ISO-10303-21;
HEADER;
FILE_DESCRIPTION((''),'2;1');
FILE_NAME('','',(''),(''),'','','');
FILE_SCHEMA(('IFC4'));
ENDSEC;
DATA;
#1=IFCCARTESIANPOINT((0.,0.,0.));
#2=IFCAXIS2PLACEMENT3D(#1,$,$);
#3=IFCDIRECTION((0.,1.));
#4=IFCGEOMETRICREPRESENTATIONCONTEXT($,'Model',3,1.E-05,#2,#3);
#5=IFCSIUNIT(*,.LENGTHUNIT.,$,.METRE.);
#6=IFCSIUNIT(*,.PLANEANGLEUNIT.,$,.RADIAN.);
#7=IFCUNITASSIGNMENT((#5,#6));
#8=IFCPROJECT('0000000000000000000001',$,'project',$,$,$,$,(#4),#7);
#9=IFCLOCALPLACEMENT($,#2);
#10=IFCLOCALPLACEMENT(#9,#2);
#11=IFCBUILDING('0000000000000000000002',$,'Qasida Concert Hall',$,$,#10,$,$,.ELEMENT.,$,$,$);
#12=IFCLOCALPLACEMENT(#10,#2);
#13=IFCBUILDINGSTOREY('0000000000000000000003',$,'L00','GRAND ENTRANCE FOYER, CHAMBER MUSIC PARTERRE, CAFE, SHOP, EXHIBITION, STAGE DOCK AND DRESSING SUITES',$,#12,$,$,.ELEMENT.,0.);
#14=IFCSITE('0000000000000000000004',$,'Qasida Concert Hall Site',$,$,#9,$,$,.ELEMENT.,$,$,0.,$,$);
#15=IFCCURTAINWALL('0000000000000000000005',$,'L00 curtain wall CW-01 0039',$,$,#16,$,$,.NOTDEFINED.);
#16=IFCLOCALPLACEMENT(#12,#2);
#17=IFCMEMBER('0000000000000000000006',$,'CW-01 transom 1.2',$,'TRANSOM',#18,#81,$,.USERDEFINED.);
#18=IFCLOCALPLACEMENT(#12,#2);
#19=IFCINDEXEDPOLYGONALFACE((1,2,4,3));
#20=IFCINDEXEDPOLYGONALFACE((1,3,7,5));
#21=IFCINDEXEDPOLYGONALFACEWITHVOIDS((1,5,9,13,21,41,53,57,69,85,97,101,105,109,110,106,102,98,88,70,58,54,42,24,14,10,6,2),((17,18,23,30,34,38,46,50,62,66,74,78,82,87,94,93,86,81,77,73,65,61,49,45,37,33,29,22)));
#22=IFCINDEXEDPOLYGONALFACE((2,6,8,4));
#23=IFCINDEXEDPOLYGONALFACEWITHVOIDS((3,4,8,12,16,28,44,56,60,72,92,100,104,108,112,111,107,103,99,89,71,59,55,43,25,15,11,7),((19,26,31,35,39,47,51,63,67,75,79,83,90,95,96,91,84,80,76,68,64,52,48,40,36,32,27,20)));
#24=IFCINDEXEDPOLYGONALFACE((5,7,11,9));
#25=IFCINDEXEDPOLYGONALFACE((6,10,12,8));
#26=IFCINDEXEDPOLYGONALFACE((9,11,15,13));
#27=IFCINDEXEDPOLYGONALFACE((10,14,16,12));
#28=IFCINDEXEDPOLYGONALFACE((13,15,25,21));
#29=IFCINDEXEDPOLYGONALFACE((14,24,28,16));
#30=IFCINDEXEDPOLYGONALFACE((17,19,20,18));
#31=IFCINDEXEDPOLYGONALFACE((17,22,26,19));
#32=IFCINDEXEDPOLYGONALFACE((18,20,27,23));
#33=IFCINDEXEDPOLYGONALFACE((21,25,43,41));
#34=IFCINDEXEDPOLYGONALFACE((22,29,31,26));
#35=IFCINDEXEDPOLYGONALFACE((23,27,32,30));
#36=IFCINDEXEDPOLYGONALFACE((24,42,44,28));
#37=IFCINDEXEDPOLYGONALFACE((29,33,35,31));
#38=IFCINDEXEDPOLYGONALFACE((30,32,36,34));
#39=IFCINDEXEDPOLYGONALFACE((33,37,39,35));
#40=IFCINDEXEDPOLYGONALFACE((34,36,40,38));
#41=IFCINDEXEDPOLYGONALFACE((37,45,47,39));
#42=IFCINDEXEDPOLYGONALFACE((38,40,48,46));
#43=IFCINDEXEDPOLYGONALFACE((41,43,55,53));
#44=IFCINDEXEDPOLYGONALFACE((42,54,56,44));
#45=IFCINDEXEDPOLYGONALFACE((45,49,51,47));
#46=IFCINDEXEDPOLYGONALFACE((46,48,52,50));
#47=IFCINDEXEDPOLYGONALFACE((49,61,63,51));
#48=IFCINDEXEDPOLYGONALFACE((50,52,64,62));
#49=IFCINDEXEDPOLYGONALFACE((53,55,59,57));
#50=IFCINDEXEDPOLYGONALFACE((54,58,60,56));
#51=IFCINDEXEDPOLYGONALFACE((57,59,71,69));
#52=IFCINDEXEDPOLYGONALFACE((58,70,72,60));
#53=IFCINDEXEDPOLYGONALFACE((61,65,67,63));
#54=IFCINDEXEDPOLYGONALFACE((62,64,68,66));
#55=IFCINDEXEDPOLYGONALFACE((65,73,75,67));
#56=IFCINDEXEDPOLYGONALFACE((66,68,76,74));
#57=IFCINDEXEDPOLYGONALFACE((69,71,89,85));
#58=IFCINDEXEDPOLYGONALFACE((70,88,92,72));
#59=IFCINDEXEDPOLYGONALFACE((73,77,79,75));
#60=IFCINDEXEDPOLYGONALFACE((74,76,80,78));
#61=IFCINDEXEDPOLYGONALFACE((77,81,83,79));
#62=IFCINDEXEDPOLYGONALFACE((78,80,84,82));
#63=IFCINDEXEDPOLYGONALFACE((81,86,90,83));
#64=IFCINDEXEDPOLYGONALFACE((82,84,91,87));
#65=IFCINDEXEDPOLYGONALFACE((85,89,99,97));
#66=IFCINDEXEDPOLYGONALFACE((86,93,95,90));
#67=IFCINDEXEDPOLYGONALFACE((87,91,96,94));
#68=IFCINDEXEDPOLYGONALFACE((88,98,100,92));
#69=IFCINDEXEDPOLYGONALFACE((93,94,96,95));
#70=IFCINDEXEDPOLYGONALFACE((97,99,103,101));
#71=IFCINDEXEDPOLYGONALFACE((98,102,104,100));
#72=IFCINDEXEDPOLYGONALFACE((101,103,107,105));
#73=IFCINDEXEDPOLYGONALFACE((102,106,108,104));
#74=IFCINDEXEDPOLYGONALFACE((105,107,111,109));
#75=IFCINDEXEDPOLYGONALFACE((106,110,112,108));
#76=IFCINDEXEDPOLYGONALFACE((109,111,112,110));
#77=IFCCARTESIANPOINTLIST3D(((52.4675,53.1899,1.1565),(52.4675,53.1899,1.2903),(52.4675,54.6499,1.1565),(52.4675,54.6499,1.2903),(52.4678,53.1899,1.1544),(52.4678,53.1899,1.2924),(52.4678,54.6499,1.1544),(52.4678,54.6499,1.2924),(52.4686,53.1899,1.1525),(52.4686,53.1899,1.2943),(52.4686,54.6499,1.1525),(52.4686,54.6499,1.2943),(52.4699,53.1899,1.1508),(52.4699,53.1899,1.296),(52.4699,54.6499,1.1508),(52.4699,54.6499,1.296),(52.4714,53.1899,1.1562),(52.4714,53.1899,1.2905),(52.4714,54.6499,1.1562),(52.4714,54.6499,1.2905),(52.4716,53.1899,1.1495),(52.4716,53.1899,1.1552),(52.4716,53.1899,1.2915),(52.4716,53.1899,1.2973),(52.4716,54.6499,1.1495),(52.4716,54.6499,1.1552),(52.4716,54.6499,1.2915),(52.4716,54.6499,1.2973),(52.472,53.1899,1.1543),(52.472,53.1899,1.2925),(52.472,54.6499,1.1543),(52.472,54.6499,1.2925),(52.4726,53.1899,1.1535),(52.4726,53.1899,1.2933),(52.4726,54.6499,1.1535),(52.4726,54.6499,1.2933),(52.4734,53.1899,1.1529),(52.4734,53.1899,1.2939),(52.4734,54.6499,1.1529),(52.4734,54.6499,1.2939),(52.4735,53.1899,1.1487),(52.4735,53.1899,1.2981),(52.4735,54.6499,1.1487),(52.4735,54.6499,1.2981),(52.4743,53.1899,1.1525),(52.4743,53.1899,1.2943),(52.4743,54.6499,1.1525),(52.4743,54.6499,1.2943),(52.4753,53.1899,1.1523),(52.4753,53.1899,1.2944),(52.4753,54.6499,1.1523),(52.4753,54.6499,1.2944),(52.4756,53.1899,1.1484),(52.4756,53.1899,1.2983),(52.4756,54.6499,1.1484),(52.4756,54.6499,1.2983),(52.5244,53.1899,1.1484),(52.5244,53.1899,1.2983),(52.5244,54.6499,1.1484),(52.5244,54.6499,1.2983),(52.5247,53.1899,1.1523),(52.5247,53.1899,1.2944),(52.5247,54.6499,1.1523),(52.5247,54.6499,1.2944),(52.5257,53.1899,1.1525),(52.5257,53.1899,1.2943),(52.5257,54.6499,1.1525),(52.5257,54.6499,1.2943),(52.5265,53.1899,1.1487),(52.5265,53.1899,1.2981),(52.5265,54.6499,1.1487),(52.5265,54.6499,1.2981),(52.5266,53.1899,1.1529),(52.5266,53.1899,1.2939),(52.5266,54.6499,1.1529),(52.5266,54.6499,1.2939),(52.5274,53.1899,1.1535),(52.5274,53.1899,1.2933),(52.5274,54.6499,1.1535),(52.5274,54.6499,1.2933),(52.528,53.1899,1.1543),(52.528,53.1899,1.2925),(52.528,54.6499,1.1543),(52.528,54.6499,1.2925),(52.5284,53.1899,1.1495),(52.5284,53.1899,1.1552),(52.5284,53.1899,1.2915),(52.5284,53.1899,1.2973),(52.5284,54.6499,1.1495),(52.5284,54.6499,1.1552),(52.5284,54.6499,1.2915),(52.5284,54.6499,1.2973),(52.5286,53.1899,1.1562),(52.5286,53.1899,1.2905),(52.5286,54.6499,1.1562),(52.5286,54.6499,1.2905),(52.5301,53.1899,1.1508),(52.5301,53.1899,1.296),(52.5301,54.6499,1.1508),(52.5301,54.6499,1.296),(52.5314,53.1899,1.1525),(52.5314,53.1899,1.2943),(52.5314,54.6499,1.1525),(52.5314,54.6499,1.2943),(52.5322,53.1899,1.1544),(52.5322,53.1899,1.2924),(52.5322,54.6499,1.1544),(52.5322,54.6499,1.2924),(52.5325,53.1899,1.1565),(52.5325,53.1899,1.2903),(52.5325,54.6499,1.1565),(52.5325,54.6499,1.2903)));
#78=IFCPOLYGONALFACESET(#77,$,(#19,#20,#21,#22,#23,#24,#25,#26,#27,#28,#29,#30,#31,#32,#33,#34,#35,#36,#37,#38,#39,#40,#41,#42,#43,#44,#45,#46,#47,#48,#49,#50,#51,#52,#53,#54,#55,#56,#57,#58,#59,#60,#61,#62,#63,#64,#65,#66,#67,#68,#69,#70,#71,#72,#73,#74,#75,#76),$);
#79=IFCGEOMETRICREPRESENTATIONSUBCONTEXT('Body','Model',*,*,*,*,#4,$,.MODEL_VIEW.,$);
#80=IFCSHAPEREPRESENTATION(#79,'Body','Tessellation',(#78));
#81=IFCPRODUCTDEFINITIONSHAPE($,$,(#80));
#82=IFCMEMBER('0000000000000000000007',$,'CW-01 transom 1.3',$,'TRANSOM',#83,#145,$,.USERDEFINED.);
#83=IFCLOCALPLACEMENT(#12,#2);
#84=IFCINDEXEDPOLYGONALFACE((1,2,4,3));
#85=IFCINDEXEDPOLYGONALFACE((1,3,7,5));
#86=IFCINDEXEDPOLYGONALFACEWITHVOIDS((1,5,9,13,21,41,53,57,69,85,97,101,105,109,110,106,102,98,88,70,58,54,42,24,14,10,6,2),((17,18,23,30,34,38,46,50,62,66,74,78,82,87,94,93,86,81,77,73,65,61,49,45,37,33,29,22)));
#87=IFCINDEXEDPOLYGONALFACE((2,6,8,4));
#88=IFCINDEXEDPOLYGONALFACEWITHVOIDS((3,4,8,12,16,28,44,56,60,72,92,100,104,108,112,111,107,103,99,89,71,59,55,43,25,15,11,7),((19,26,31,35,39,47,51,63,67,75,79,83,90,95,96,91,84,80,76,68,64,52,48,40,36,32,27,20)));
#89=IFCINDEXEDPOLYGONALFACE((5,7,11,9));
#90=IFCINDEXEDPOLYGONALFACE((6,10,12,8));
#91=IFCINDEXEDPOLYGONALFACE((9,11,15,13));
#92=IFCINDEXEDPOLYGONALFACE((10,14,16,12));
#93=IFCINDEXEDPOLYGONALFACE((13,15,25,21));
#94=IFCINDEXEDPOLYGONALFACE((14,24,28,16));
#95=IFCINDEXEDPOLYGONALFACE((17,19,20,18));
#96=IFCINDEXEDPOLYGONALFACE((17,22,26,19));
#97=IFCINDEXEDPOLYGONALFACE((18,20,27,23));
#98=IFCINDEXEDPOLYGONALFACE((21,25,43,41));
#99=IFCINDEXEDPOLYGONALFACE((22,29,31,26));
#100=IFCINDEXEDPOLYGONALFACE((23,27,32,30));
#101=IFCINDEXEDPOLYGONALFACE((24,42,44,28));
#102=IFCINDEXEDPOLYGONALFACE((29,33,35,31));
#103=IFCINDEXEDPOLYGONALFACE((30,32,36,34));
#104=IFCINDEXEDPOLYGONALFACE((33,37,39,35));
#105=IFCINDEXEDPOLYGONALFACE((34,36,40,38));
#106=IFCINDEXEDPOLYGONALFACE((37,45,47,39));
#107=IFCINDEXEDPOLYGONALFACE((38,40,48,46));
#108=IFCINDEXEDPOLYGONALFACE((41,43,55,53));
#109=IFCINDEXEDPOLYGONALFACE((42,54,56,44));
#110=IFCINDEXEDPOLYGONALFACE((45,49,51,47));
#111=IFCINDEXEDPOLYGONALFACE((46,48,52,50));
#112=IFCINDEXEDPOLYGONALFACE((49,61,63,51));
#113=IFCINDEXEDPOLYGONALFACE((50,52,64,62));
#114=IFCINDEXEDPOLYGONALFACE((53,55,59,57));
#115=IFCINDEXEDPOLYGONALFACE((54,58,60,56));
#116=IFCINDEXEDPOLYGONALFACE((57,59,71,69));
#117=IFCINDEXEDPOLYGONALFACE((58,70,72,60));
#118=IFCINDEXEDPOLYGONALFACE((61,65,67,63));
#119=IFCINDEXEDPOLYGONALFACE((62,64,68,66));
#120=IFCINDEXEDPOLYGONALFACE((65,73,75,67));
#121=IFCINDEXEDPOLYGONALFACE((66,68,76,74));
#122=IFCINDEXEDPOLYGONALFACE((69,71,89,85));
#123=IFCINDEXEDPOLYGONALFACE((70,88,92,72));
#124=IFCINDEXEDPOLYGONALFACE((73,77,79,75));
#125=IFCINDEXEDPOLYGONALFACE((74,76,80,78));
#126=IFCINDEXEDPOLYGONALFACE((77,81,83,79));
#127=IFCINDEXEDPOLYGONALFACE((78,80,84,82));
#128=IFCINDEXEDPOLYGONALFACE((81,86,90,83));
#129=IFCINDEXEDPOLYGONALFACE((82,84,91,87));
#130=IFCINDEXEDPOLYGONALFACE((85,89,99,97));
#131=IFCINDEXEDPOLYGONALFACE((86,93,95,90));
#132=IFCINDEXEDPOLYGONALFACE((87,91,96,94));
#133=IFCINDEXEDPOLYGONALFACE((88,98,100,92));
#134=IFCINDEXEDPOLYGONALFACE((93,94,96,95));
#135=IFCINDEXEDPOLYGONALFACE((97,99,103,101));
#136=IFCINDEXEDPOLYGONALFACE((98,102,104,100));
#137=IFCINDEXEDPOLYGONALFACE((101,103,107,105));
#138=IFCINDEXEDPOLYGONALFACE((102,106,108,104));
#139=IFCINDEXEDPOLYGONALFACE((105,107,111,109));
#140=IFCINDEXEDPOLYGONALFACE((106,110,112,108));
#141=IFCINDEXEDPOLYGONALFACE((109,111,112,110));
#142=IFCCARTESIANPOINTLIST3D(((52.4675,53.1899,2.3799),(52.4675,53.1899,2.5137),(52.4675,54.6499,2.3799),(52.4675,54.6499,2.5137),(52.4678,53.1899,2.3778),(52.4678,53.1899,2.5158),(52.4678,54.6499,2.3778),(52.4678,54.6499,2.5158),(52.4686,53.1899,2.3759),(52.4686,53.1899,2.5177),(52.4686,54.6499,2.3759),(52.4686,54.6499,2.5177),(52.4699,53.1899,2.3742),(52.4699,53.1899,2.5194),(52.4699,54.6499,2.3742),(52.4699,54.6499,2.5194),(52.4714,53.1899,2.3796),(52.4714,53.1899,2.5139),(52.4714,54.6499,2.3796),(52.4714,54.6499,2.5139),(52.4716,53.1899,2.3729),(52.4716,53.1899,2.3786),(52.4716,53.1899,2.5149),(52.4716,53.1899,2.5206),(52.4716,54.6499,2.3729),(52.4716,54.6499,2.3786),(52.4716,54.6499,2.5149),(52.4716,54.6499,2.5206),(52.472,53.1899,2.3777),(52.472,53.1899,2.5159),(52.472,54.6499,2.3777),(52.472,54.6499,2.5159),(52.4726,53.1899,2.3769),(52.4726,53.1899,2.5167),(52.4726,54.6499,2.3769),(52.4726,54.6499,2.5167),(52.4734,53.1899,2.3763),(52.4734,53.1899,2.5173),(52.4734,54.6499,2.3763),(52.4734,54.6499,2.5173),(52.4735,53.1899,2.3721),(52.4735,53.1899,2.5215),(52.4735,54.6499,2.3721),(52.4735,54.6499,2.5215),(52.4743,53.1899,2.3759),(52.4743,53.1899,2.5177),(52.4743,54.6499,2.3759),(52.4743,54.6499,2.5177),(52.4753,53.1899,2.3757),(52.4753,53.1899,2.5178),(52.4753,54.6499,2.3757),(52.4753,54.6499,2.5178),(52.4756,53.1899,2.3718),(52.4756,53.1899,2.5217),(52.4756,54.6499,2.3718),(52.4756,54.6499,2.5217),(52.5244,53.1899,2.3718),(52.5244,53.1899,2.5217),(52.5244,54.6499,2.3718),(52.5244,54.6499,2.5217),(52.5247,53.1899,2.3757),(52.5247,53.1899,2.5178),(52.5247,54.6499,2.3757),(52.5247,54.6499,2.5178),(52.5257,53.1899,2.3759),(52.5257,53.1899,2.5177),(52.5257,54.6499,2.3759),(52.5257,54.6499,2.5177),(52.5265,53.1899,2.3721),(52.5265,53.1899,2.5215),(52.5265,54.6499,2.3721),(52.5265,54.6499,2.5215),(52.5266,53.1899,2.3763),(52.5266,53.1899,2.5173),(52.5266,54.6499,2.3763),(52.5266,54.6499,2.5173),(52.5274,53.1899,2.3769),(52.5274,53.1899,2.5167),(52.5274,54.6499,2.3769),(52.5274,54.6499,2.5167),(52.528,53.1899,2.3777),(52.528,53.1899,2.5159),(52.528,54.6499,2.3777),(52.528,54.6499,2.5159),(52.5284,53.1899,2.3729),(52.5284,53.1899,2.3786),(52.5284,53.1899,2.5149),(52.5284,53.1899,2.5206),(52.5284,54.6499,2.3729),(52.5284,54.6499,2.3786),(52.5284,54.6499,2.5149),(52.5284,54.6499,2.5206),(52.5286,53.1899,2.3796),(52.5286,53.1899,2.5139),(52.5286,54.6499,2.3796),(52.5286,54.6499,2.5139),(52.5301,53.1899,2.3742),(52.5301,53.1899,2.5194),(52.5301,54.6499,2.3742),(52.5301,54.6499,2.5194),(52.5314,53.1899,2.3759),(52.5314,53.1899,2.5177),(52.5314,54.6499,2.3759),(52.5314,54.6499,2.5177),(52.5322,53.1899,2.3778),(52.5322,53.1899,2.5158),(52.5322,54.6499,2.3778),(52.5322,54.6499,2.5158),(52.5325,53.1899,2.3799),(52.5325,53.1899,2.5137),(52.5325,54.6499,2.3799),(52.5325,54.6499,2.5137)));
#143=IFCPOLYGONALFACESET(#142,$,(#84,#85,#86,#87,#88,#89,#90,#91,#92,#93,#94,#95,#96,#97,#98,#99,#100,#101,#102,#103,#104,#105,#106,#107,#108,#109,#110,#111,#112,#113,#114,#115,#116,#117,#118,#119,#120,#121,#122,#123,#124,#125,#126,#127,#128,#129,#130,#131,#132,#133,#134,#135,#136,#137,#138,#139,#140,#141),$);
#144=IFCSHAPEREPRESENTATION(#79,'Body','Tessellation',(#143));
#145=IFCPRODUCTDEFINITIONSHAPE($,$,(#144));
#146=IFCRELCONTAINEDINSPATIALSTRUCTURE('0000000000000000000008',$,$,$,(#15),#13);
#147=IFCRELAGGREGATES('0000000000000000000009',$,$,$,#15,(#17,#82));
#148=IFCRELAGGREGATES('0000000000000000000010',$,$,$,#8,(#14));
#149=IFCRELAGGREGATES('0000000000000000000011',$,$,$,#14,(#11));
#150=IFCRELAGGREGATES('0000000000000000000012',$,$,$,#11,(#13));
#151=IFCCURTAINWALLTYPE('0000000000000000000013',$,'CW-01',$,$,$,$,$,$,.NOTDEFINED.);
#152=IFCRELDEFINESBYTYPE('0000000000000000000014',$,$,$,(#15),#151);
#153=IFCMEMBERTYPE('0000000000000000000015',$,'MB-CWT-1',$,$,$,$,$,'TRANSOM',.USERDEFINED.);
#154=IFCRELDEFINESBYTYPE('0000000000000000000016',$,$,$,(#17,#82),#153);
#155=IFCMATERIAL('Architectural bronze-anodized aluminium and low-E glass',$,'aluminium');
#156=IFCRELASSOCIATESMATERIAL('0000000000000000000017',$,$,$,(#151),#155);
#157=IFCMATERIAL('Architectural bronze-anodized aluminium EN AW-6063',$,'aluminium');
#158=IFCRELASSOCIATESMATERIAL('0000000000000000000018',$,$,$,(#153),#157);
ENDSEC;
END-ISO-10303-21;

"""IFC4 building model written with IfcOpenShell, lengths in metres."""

from ifc_helpers import new_model, si_unit, direction, frame, origin, origin_2d, place, context, subcontext, project, spatial, hollow_rectangle, extrude, material, material_profile, profile_set, type_object, element, aggregate, save


model = new_model("IFC4")

# Units and contexts
model_context = context("Model", 3, precision=1e-05, world=origin(), true_north=direction((0.0, 1.0)))
body_context = subcontext(model_context, "Body", "Model", "MODEL_VIEW")
ifc_project = project(units=[si_unit("LENGTHUNIT", "METRE"), si_unit("PLANEANGLEUNIT", "RADIAN")], contexts=[model_context])

# Site, building, storey
site_placement = place(None, origin())
site = spatial("IfcSite", under=ifc_project, at=site_placement, Name="Qasida Concert Hall Site", CompositionType="ELEMENT", RefElevation=0.0)
building_placement = place(site_placement, origin())
building = spatial("IfcBuilding", under=site, at=building_placement, Name="Qasida Concert Hall", CompositionType="ELEMENT")
storey_placement = place(building_placement, origin())
storey = spatial("IfcBuildingStorey", under=building, at=storey_placement, Name="L00", Description="GRAND ENTRANCE FOYER, CHAMBER MUSIC PARTERRE, CAFE, SHOP, EXHIBITION, STAGE DOCK AND DRESSING SUITES", CompositionType="ELEMENT", Elevation=0.0)

# Curtain wall, members
ifc_material_1 = material(Name="Architectural bronze-anodized aluminium and low-E glass", Category="aluminium")
curtain_wall_type = type_object("IfcCurtainWallType", Name="CW-01", PredefinedType="NOTDEFINED", material=ifc_material_1)
curtain_wall_placement = place(storey_placement, origin())
curtain_wall = element("IfcCurtainWall", 1, at=curtain_wall_placement, inside=storey, type_object=curtain_wall_type, Name="L00 curtain wall CW-01 0039", PredefinedType="NOTDEFINED")
ifc_material_2 = material(Name="Architectural bronze-anodized aluminium EN AW-6063", Category="aluminium")
ifc_material_profile_1 = material_profile(ifc_material_2, hollow_rectangle(XDim=0.0649, YDim=0.1499, WallThickness=0.0039, InnerFilletRadius=0.0039, OuterFilletRadius=0.0081, at=origin_2d()), Name="CWT 150x65x4")
ifc_profile_set_1 = profile_set([ifc_material_profile_1], Name="Architectural bronze-anodized aluminium EN AW-6063")
member_type_1 = type_object("IfcMemberType", Name="MB-CWT-1", ElementType="TRANSOM", PredefinedType="USERDEFINED", material=ifc_profile_set_1)
member_1_placement = place(storey_placement, frame((52.5, 53.1899, 1.2234), z_axis=(0.0, 1.0, 0.0), x_axis=(-1.0, 0.0, 0.0)))
member_1 = element("IfcMember", 2, at=member_1_placement, type_object=member_type_1, Name="CW-01 transom 1.2", ObjectType="TRANSOM", PredefinedType="USERDEFINED", context=body_context, shape_type="SweptSolid", body=[
    extrude(hollow_rectangle(XDim=0.0649, YDim=0.1499, WallThickness=0.0039, InnerFilletRadius=0.0039, OuterFilletRadius=0.0081, at=origin_2d()), origin(), (0.0, 0.0, 1.0), 1.46),
])
member_2_placement = place(storey_placement, frame((52.5, 53.1899, 2.4468), z_axis=(0.0, 1.0, 0.0), x_axis=(-1.0, 0.0, 0.0)))
member_2 = element("IfcMember", 3, at=member_2_placement, type_object=member_type_1, Name="CW-01 transom 1.3", ObjectType="TRANSOM", PredefinedType="USERDEFINED", context=body_context, shape_type="SweptSolid", body=[
    extrude(hollow_rectangle(XDim=0.0649, YDim=0.1499, WallThickness=0.0039, InnerFilletRadius=0.0039, OuterFilletRadius=0.0081, at=origin_2d()), origin(), (0.0, 0.0, 1.0), 1.46),
])
aggregate(curtain_wall, [member_1, member_2])

save(model, "model.ifc")
